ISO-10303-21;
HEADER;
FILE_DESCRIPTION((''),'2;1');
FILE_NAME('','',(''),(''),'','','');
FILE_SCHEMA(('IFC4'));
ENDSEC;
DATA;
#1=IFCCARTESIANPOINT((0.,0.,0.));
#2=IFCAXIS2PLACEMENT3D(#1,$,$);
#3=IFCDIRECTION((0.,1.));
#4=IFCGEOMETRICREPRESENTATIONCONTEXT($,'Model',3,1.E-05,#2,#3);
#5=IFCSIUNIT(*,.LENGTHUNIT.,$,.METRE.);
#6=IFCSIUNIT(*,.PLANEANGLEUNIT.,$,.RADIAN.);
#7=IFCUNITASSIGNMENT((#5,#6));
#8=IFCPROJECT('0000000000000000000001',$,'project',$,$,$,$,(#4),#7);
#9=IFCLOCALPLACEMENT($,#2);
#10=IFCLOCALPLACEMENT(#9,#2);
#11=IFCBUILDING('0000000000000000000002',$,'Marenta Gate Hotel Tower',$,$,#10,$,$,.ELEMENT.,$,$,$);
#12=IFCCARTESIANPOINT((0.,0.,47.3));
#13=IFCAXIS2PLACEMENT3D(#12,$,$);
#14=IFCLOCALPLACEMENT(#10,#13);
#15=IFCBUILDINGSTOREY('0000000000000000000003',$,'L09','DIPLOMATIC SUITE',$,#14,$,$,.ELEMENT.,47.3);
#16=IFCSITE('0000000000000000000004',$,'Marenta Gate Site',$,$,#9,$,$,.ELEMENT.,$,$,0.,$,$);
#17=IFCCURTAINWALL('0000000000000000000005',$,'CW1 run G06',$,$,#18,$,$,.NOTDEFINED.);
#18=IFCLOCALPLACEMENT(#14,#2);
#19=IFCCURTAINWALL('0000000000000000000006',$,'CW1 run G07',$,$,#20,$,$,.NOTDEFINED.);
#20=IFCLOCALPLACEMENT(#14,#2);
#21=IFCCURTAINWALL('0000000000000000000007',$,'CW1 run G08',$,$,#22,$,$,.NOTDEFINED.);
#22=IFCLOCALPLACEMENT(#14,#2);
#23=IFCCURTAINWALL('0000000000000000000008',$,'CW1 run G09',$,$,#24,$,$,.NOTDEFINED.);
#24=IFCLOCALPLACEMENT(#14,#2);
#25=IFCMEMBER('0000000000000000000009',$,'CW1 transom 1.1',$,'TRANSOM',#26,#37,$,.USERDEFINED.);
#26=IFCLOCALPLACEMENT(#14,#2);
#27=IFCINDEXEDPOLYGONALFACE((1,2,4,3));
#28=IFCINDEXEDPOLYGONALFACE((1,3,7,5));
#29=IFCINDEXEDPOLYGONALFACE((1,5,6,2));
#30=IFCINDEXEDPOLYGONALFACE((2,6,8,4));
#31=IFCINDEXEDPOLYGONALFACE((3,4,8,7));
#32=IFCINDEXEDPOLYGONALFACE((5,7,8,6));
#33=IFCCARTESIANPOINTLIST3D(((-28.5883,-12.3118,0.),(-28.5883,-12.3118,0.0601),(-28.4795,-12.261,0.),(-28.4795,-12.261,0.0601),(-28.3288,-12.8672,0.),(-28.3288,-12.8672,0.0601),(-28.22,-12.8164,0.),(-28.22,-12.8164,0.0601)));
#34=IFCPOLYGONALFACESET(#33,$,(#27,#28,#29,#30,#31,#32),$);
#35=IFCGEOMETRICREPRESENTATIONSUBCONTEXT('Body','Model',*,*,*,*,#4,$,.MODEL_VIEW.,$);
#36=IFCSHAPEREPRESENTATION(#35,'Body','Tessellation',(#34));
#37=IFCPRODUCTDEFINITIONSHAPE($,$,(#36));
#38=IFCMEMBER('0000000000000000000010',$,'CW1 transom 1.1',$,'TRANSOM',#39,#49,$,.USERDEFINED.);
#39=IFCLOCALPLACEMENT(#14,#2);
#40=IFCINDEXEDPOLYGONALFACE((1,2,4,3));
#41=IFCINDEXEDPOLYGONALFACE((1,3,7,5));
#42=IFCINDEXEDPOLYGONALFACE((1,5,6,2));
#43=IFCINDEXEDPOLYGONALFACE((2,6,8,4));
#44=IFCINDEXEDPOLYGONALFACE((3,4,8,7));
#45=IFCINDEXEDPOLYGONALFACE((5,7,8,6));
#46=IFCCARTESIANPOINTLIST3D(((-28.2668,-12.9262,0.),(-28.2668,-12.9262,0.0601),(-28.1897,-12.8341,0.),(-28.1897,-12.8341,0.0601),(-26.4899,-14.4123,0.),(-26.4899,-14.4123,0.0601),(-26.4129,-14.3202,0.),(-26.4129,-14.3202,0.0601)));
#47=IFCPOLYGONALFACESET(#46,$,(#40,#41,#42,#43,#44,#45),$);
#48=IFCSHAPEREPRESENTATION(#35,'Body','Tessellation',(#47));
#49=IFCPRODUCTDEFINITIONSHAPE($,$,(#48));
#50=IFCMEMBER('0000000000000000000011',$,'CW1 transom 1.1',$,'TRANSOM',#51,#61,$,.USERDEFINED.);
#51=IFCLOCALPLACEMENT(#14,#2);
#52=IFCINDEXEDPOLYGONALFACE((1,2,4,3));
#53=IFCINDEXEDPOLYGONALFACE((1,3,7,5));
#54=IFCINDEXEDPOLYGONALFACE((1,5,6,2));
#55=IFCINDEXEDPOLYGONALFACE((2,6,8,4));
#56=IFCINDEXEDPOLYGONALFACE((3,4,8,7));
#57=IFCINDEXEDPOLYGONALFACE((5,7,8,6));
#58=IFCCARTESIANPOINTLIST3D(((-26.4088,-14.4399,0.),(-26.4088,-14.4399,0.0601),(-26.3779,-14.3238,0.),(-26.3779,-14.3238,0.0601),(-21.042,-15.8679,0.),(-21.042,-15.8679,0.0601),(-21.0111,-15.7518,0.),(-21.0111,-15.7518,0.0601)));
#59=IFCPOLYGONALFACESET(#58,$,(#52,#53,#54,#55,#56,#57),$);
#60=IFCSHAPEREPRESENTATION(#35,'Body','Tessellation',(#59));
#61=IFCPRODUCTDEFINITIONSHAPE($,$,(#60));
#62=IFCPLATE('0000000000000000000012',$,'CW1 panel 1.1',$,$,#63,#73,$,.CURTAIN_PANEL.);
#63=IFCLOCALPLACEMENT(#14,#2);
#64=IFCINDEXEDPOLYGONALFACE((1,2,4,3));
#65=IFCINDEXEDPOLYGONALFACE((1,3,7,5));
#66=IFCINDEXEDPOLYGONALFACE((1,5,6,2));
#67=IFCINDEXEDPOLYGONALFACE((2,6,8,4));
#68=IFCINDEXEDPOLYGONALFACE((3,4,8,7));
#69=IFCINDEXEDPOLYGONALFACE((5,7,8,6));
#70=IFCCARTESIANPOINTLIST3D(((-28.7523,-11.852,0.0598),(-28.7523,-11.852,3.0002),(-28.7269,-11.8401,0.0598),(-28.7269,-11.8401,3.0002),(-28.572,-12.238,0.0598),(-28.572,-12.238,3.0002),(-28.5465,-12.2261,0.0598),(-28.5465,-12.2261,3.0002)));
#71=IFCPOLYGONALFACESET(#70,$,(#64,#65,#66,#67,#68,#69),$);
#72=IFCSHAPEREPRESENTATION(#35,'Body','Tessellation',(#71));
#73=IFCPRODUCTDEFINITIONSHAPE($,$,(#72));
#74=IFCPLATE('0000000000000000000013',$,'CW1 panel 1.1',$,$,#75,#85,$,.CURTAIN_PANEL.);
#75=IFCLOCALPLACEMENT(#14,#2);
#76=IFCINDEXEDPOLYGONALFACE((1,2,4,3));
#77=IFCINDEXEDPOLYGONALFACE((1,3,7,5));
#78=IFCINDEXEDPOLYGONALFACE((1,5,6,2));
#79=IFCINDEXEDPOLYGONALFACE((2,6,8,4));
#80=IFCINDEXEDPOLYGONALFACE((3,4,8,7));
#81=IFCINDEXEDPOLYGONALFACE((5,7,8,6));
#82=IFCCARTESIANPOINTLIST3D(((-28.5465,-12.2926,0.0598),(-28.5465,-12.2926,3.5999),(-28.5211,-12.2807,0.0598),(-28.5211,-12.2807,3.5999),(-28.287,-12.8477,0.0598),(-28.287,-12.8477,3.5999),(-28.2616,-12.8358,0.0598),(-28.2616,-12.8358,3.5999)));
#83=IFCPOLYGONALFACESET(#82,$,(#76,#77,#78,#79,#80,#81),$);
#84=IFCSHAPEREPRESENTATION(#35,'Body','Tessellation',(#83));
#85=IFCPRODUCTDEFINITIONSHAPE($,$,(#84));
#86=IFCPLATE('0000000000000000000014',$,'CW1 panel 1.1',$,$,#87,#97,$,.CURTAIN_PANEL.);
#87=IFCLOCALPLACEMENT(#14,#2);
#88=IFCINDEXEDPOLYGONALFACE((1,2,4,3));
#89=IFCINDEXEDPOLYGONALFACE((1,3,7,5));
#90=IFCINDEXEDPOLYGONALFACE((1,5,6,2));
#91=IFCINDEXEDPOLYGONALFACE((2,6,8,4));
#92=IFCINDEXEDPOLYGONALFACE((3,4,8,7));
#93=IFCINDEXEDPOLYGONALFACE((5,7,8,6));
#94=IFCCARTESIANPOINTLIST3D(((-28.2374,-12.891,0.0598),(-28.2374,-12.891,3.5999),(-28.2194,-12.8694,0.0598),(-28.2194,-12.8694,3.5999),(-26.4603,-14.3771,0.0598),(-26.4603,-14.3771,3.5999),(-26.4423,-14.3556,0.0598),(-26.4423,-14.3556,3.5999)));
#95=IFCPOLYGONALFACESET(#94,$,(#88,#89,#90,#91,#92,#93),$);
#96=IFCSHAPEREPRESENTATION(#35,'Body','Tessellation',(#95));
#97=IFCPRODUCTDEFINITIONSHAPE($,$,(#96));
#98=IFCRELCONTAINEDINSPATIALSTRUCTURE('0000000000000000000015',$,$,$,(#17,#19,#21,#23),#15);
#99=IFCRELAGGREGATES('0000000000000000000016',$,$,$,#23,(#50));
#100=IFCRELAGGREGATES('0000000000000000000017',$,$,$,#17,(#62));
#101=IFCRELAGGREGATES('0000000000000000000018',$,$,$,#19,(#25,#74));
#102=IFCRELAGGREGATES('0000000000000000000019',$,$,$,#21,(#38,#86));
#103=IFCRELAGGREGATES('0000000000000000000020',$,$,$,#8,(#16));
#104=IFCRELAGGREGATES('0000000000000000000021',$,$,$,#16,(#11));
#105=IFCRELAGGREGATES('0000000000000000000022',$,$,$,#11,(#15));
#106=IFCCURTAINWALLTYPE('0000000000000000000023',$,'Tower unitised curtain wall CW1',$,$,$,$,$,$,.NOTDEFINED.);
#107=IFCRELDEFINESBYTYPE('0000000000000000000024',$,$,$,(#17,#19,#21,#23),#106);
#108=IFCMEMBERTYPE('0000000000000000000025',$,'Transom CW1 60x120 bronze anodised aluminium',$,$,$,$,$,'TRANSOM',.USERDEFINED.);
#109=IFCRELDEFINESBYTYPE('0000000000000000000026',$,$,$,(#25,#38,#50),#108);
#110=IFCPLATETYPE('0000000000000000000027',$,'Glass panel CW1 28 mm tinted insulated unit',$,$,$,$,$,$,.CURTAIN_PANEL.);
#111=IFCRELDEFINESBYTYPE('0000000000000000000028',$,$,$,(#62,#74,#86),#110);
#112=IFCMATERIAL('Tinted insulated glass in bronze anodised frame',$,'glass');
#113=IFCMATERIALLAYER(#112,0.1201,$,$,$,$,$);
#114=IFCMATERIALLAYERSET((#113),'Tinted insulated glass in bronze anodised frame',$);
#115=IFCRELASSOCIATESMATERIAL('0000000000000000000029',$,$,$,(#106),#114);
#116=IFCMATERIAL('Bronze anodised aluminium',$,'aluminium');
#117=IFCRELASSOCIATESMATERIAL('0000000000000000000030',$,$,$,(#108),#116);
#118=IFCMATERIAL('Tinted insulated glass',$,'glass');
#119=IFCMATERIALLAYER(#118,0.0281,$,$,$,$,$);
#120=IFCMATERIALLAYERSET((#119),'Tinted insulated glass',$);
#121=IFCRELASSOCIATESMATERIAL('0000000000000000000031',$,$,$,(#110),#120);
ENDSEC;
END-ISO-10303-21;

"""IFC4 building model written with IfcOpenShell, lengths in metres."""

from ifc_helpers import new_model, si_unit, direction, frame, origin, origin_2d, place, context, subcontext, project, spatial, rectangle, extrude, material, layer, layer_set, material_profile, profile_set, type_object, element, aggregate, save


model = new_model("IFC4")

# Units and contexts
model_context = context("Model", 3, precision=1e-05, world=origin(), true_north=direction((0.0, 1.0)))
body_context = subcontext(model_context, "Body", "Model", "MODEL_VIEW")
ifc_project = project(units=[si_unit("LENGTHUNIT", "METRE"), si_unit("PLANEANGLEUNIT", "RADIAN")], contexts=[model_context])

# Site, building, storey
site_placement = place(None, origin())
site = spatial("IfcSite", under=ifc_project, at=site_placement, Name="Marenta Gate Site", CompositionType="ELEMENT", RefElevation=0.0)
building_placement = place(site_placement, origin())
building = spatial("IfcBuilding", under=site, at=building_placement, Name="Marenta Gate Hotel Tower", CompositionType="ELEMENT")
storey_placement = place(building_placement, frame((0.0, 0.0, 47.3)))
storey = spatial("IfcBuildingStorey", under=building, at=storey_placement, Name="L09", Description="DIPLOMATIC SUITE", CompositionType="ELEMENT", Elevation=47.3)

# Curtain walls
ifc_material_1 = material(Name="Tinted insulated glass in bronze anodised frame", Category="glass")
ifc_layer_1 = layer(ifc_material_1, 0.1201)
ifc_layer_set_1 = layer_set([ifc_layer_1], Name="Tinted insulated glass in bronze anodised frame")
curtain_wall_type = type_object("IfcCurtainWallType", Name="Tower unitised curtain wall CW1", PredefinedType="NOTDEFINED", material=ifc_layer_set_1)
curtain_wall_1_placement = place(storey_placement, origin())
curtain_wall_1 = element("IfcCurtainWall", 1, at=curtain_wall_1_placement, inside=storey, type_object=curtain_wall_type, Name="CW1 run G06", PredefinedType="NOTDEFINED")
curtain_wall_2_placement = place(storey_placement, origin())
curtain_wall_2 = element("IfcCurtainWall", 2, at=curtain_wall_2_placement, inside=storey, type_object=curtain_wall_type, Name="CW1 run G07", PredefinedType="NOTDEFINED")
curtain_wall_3_placement = place(storey_placement, origin())
curtain_wall_3 = element("IfcCurtainWall", 3, at=curtain_wall_3_placement, inside=storey, type_object=curtain_wall_type, Name="CW1 run G08", PredefinedType="NOTDEFINED")
curtain_wall_4_placement = place(storey_placement, origin())
curtain_wall_4 = element("IfcCurtainWall", 4, at=curtain_wall_4_placement, inside=storey, type_object=curtain_wall_type, Name="CW1 run G09", PredefinedType="NOTDEFINED")

# Members
ifc_material_2 = material(Name="Bronze anodised aluminium", Category="aluminium")
ifc_material_profile_1 = material_profile(ifc_material_2, rectangle(XDim=0.1201, YDim=0.0601, at=origin_2d()), Name="Transom CW1 60x120 bronze anodised aluminium")
ifc_profile_set_1 = profile_set([ifc_material_profile_1], Name="Bronze anodised aluminium")
member_type_1 = type_object("IfcMemberType", Name="Transom CW1 60x120 bronze anodised aluminium", ElementType="TRANSOM", PredefinedType="USERDEFINED", material=ifc_profile_set_1)
member_1_placement = place(storey_placement, frame((-28.5339, -12.2864, 0.03), z_axis=(0.423321, -0.90598, 0.0), x_axis=(0.90598, 0.423321, 0.0)))
member_1 = element("IfcMember", 5, at=member_1_placement, type_object=member_type_1, Name="CW1 transom 1.1", ObjectType="TRANSOM", PredefinedType="USERDEFINED", context=body_context, shape_type="SweptSolid", body=[
    extrude(rectangle(XDim=0.1201, YDim=0.0601, at=origin_2d()), origin(), (0.0, 0.0, 1.0), 0.613),
])
member_2_placement = place(storey_placement, frame((-28.2283, -12.8801, 0.03), z_axis=(0.76708, -0.641552, 0.0), x_axis=(0.641552, 0.76708, 0.0)))
member_2 = element("IfcMember", 6, at=member_2_placement, type_object=member_type_1, Name="CW1 transom 1.1", ObjectType="TRANSOM", PredefinedType="USERDEFINED", context=body_context, shape_type="SweptSolid", body=[
    extrude(rectangle(XDim=0.1201, YDim=0.0601, at=origin_2d()), origin(), (0.0, 0.0, 1.0), 2.3164),
])
member_3_placement = place(storey_placement, frame((-26.3933, -14.3818, 0.03), z_axis=(0.966376, -0.257135, 0.0), x_axis=(0.257135, 0.966376, 0.0)))
member_3 = element("IfcMember", 7, at=member_3_placement, type_object=member_type_1, Name="CW1 transom 1.1", ObjectType="TRANSOM", PredefinedType="USERDEFINED", context=body_context, shape_type="SweptSolid", body=[
    extrude(rectangle(XDim=0.1201, YDim=0.0601, at=origin_2d()), origin(), (0.0, 0.0, 1.0), 5.5535),
])
aggregate(curtain_wall_4, [member_3])

# Plates
ifc_material_3 = material(Name="Tinted insulated glass", Category="glass")
ifc_layer_2 = layer(ifc_material_3, 0.0281)
ifc_layer_set_2 = layer_set([ifc_layer_2], Name="Tinted insulated glass")
plate_type = type_object("IfcPlateType", Name="Glass panel CW1 28 mm tinted insulated unit", PredefinedType="CURTAIN_PANEL", material=ifc_layer_set_2)
plate_1_placement = place(storey_placement, frame((-28.6494, -12.0391, 0.0598), z_axis=(0.0, 0.0, 1.0), x_axis=(0.423268, -0.906004, 0.0)))
plate_1 = element("IfcPlate", 8, at=plate_1_placement, type_object=plate_type, Name="CW1 panel 1.1", PredefinedType="CURTAIN_PANEL", context=body_context, shape_type="SweptSolid", body=[
    extrude(rectangle(XDim=0.426, YDim=0.0281, at=origin_2d()), origin(), (0.0, 0.0, 1.0), 2.9404),
])
aggregate(curtain_wall_1, [plate_1])
plate_2_placement = place(storey_placement, frame((-28.4041, -12.5642, 0.0598), z_axis=(0.0, 0.0, 1.0), x_axis=(0.423398, -0.905944, 0.0)))
plate_2 = element("IfcPlate", 9, at=plate_2_placement, type_object=plate_type, Name="CW1 panel 1.1", PredefinedType="CURTAIN_PANEL", context=body_context, shape_type="SweptSolid", body=[
    extrude(rectangle(XDim=0.6128, YDim=0.0281, at=origin_2d()), origin(), (0.0, 0.0, 1.0), 3.54),
])
aggregate(curtain_wall_2, [member_1, plate_2])
plate_3_placement = place(storey_placement, frame((-27.3398, -13.6233, 0.0598), z_axis=(0.0, 0.0, 1.0), x_axis=(0.767113, -0.641512, 0.0)))
plate_3 = element("IfcPlate", 10, at=plate_3_placement, type_object=plate_type, Name="CW1 panel 1.1", PredefinedType="CURTAIN_PANEL", context=body_context, shape_type="SweptSolid", body=[
    extrude(rectangle(XDim=2.3167, YDim=0.0281, at=origin_2d()), origin(), (0.0, 0.0, 1.0), 3.54),
])
aggregate(curtain_wall_3, [member_2, plate_3])

save(model, "model.ifc")
